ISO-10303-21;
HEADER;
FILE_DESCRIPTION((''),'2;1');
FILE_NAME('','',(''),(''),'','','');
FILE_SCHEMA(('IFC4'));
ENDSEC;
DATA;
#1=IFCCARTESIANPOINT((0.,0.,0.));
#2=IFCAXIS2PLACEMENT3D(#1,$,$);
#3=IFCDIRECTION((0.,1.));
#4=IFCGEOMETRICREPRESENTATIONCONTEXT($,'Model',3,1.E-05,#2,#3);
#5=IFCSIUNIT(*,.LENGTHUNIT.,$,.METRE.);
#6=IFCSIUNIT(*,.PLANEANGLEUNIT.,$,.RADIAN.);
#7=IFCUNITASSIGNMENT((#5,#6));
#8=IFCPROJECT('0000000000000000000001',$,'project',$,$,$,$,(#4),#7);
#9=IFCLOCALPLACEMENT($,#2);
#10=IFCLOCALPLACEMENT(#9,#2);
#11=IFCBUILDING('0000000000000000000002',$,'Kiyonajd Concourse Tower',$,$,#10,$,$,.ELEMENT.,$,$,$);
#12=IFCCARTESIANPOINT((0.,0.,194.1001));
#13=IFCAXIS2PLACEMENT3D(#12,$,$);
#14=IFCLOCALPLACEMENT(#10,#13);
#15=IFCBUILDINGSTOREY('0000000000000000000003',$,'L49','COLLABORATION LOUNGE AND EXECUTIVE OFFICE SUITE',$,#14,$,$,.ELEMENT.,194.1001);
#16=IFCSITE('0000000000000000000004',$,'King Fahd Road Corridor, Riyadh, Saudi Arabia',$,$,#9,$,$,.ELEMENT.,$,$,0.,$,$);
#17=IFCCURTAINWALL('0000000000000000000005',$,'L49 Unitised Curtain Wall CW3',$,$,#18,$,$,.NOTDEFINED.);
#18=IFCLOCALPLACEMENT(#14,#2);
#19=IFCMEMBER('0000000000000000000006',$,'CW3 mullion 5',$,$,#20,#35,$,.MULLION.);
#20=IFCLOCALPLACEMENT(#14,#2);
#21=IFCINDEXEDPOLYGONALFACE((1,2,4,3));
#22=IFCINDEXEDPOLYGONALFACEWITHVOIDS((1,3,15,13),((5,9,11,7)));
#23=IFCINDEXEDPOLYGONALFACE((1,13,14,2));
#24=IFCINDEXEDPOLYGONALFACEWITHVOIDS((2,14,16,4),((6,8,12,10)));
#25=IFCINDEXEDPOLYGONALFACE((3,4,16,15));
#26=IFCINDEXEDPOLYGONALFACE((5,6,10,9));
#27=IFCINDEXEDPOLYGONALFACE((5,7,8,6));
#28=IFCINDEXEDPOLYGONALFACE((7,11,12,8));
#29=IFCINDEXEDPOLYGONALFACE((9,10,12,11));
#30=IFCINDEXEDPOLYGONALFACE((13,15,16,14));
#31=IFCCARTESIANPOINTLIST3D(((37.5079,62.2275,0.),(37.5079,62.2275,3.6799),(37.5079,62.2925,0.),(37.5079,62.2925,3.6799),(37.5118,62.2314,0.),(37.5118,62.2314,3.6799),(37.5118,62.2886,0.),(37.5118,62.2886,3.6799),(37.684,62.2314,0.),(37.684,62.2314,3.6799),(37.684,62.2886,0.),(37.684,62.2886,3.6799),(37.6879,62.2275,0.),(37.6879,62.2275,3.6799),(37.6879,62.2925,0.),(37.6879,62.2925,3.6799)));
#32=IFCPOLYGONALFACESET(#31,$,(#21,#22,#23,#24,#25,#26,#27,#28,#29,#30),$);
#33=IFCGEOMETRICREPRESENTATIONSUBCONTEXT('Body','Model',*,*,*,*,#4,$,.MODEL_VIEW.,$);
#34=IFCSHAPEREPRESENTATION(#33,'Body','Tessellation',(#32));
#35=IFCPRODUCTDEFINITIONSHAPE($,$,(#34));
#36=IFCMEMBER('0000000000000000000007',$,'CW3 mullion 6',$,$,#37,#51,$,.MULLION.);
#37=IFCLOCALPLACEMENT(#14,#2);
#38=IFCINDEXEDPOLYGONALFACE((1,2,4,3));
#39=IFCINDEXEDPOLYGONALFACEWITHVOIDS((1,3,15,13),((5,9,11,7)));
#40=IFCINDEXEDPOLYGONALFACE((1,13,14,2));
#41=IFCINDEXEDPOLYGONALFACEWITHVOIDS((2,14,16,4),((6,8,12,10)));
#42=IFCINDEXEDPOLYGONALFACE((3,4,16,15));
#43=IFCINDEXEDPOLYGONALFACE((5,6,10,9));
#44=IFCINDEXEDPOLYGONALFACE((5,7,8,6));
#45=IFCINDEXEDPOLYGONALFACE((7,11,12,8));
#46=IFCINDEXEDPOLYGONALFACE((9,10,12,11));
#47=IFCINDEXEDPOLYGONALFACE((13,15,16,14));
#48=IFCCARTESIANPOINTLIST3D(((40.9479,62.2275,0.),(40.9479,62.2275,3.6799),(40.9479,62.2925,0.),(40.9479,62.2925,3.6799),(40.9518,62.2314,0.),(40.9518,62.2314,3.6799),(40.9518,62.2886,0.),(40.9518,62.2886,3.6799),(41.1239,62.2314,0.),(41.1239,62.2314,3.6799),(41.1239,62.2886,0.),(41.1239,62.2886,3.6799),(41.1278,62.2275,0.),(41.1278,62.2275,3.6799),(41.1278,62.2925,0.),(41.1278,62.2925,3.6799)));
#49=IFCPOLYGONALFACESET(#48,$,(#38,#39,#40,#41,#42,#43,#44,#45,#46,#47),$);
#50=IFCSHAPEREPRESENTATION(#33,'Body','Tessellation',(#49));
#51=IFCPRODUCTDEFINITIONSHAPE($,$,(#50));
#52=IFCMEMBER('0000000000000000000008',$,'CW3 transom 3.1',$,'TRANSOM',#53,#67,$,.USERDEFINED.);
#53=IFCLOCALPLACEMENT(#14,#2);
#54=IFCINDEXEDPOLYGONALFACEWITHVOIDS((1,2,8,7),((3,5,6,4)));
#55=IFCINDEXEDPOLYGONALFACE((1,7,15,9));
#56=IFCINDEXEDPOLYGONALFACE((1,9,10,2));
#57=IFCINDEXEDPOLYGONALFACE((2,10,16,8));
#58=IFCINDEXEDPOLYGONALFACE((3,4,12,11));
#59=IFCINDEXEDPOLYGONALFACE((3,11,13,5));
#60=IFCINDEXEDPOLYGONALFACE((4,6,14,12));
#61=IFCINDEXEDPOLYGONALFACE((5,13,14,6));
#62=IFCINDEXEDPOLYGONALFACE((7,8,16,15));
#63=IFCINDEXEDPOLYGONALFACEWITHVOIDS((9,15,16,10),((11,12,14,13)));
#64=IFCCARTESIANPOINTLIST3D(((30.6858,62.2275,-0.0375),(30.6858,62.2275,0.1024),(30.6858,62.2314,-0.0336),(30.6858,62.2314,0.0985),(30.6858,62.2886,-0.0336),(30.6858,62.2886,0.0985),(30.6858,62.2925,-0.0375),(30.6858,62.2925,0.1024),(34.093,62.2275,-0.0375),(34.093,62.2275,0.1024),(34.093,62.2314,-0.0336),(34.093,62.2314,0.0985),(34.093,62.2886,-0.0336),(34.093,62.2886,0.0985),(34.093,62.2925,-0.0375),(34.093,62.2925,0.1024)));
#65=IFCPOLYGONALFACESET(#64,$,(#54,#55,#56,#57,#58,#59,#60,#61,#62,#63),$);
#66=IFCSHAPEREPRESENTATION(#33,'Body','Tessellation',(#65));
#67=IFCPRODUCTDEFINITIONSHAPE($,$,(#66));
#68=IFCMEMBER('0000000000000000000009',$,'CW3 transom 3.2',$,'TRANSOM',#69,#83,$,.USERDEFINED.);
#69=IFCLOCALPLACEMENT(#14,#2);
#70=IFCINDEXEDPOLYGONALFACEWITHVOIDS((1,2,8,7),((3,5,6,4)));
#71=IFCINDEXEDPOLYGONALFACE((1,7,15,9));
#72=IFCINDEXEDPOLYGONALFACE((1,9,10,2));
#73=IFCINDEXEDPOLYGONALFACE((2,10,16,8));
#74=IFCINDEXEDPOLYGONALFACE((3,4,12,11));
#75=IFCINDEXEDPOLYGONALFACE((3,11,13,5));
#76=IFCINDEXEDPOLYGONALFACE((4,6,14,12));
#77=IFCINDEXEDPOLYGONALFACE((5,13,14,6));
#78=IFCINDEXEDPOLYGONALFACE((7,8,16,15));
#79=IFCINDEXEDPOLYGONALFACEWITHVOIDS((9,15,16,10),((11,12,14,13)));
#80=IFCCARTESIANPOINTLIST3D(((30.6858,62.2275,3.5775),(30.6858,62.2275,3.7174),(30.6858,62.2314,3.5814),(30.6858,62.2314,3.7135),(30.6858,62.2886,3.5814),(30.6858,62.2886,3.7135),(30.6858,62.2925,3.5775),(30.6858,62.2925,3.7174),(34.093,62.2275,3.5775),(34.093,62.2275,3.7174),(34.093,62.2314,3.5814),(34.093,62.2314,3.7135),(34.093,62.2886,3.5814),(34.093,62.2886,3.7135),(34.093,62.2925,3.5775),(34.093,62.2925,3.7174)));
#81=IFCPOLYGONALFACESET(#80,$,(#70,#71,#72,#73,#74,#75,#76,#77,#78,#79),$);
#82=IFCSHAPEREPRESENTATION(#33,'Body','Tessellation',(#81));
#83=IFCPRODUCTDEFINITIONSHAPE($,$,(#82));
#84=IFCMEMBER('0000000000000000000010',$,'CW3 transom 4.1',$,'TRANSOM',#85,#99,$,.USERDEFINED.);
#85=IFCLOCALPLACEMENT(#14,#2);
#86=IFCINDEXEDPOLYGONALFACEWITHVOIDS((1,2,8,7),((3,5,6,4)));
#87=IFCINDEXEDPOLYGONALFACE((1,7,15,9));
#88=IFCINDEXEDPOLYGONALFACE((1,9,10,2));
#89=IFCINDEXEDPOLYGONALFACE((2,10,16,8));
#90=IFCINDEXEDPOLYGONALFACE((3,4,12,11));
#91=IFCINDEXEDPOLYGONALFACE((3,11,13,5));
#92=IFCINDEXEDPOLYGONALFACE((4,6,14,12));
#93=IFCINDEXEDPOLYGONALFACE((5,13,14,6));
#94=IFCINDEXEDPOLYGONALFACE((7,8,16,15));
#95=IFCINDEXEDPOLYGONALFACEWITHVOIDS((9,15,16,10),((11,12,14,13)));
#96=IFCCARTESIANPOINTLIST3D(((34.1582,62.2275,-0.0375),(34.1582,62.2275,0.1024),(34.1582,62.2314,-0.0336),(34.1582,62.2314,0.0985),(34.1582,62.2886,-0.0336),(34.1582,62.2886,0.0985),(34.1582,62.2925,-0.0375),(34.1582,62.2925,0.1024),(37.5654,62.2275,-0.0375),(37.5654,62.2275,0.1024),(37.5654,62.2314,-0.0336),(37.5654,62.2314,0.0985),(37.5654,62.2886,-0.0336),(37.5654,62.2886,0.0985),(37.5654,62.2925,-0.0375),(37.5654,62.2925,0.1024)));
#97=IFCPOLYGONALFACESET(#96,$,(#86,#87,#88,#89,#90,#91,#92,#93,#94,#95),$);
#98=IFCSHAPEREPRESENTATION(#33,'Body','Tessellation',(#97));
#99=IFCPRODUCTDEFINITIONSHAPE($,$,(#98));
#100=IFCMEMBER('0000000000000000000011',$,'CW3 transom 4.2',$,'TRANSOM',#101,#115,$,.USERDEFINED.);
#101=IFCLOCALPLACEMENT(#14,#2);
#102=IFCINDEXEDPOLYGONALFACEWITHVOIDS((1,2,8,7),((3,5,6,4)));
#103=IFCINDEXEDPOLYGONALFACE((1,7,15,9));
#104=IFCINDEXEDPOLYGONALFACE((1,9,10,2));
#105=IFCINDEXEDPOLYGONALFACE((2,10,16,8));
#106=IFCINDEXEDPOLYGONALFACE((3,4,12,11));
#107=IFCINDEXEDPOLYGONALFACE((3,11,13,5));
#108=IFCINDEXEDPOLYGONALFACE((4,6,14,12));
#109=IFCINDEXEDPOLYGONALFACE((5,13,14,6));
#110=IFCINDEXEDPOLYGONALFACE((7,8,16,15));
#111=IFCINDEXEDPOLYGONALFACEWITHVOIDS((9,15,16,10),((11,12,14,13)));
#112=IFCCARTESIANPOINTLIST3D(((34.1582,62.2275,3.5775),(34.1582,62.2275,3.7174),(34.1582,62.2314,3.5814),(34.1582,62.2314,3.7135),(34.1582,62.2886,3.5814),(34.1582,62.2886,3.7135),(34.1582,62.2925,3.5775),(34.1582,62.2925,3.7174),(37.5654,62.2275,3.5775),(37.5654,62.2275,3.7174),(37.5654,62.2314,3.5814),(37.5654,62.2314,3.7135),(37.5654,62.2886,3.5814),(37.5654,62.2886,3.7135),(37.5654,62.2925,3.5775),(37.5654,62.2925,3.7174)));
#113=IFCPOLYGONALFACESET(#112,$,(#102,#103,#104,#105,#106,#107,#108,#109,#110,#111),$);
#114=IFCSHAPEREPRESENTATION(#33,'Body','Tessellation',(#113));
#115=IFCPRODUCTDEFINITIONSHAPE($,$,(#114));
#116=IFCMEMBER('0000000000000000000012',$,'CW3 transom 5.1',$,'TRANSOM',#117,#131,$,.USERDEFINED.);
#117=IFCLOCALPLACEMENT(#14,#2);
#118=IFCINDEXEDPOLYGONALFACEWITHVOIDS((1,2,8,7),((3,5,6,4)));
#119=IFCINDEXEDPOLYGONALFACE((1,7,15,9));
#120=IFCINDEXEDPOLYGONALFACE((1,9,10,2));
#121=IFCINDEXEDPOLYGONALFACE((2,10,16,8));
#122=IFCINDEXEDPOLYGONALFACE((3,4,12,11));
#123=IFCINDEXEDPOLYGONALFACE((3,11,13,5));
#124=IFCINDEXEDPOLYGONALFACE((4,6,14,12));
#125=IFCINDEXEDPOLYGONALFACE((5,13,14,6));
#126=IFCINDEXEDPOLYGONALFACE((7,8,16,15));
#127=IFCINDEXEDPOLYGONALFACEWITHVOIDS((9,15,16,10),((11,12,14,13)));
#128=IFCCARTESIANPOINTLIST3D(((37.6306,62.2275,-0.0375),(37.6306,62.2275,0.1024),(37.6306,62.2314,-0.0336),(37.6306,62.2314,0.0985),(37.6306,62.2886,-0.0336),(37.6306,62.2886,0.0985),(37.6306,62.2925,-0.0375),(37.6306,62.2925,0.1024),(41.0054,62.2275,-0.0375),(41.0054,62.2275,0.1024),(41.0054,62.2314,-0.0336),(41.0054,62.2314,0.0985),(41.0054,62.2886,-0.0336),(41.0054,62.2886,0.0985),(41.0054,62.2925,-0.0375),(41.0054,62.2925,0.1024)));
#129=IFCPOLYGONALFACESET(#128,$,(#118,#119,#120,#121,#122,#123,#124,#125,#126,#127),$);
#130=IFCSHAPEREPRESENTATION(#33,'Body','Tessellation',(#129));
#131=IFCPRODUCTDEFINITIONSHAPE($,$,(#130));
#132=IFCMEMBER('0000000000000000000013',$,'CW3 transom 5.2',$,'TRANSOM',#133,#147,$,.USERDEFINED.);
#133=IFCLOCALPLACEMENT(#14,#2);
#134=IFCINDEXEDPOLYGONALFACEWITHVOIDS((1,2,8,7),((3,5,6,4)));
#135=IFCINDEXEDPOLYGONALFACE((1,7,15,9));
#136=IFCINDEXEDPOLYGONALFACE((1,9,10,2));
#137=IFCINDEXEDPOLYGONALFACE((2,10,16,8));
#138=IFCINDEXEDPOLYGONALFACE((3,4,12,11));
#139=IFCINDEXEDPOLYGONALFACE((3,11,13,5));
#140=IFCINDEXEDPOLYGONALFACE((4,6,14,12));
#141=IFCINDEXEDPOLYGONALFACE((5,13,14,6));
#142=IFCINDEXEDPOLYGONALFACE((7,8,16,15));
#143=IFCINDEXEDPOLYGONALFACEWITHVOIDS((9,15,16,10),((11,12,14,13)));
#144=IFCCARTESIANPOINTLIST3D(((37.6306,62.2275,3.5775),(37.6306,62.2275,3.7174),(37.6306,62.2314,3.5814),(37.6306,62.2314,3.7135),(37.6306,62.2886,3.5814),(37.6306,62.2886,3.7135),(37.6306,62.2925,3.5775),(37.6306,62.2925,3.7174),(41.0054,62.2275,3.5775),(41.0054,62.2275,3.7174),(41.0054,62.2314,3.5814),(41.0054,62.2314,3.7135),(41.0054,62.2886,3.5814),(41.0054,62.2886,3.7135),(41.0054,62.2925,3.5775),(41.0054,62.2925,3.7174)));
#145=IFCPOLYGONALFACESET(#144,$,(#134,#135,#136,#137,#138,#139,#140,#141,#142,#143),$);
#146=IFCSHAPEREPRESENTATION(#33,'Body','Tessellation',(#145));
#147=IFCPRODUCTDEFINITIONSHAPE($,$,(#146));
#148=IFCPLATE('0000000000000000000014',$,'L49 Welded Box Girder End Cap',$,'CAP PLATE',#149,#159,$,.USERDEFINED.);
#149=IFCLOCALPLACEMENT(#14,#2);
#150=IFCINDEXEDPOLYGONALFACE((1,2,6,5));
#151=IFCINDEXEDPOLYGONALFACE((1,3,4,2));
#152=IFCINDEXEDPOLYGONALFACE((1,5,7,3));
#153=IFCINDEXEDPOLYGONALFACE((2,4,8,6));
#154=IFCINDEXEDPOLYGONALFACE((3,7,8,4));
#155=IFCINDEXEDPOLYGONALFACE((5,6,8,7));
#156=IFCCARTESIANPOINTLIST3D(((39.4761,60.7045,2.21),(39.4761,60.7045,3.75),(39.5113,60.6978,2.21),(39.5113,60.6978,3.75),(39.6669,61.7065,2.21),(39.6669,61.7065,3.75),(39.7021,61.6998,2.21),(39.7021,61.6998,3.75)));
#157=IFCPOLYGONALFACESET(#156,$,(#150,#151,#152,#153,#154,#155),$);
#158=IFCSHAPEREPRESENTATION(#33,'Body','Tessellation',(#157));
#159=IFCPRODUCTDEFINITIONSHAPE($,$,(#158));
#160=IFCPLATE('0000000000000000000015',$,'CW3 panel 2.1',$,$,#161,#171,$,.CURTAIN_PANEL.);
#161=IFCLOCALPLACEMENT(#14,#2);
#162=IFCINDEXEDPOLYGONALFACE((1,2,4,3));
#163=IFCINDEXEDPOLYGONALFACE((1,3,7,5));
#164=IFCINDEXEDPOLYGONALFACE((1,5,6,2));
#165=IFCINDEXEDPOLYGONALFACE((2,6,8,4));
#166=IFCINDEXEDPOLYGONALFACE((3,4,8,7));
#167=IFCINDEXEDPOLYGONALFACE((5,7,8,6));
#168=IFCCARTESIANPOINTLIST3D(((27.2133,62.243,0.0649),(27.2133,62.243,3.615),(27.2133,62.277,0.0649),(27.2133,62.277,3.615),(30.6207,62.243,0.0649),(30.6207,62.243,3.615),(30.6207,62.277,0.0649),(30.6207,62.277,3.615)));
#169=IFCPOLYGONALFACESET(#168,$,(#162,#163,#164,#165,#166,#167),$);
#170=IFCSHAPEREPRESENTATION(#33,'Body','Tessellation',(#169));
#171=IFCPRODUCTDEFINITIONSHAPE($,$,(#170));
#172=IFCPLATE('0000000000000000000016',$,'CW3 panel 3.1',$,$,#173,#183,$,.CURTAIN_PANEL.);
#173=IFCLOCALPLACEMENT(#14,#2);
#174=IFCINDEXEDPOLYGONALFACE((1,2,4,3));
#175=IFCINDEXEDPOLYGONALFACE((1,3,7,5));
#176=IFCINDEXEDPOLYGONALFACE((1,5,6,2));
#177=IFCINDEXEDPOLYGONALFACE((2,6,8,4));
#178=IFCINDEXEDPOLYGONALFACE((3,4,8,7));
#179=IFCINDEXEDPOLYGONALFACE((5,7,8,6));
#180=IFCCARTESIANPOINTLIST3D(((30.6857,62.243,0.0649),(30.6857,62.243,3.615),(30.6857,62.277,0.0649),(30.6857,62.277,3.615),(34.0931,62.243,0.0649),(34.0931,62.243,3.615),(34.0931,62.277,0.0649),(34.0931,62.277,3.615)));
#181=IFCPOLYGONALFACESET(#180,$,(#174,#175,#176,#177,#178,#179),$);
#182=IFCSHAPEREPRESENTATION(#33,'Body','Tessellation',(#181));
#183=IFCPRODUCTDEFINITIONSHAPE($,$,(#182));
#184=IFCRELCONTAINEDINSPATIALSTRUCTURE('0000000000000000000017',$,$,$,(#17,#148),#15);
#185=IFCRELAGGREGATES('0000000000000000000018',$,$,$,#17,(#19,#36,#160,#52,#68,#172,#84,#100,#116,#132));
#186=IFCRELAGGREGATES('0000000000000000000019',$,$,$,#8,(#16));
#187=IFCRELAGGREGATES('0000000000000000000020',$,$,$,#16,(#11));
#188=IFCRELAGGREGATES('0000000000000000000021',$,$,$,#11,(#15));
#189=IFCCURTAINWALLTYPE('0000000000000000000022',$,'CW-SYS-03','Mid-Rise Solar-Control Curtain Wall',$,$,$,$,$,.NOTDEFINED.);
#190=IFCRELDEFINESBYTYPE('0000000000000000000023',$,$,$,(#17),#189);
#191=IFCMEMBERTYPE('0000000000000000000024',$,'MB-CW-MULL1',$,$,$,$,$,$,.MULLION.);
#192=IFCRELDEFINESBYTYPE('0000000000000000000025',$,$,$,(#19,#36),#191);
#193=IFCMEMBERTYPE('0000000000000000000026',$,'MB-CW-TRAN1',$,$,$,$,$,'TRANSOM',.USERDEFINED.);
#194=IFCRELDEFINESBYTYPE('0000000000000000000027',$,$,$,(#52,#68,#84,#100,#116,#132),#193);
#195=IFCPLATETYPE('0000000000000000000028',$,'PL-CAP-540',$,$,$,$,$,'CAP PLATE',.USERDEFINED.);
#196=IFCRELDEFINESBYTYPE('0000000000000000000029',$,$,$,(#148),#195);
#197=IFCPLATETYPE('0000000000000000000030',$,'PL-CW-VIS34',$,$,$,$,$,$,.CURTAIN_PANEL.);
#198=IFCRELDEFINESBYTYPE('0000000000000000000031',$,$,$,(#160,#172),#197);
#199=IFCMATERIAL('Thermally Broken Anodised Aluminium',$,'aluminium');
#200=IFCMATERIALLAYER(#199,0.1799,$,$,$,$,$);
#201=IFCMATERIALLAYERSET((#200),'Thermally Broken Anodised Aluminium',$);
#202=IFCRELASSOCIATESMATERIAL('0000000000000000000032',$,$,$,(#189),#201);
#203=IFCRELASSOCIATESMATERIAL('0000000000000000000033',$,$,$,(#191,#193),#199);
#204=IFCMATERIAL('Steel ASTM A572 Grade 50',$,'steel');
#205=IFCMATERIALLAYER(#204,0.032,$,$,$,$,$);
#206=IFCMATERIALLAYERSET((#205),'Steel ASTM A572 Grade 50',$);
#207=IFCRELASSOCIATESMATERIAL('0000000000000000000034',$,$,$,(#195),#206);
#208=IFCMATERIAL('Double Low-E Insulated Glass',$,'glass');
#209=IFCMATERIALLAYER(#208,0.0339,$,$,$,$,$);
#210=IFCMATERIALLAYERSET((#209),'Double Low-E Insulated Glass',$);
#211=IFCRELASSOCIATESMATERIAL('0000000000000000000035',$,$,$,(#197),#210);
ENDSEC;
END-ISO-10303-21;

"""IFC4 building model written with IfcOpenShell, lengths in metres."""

from ifc_helpers import new_model, si_unit, direction, frame, origin, origin_2d, place, context, subcontext, project, spatial, rectangle, hollow_rectangle, extrude, material, layer, layer_set, material_profile, profile_set, type_object, element, aggregate, save


model = new_model("IFC4")

# Units and contexts
model_context = context("Model", 3, precision=1e-05, world=origin(), true_north=direction((0.0, 1.0)))
body_context = subcontext(model_context, "Body", "Model", "MODEL_VIEW")
ifc_project = project(units=[si_unit("LENGTHUNIT", "METRE"), si_unit("PLANEANGLEUNIT", "RADIAN")], contexts=[model_context])

# Site, building, storey
site_placement = place(None, origin())
site = spatial("IfcSite", under=ifc_project, at=site_placement, Name="King Fahd Road Corridor, Riyadh, Saudi Arabia", CompositionType="ELEMENT", RefElevation=0.0)
building_placement = place(site_placement, origin())
building = spatial("IfcBuilding", under=site, at=building_placement, Name="Kiyonajd Concourse Tower", CompositionType="ELEMENT")
storey_placement = place(building_placement, frame((0.0, 0.0, 194.1001)))
storey = spatial("IfcBuildingStorey", under=building, at=storey_placement, Name="L49", Description="COLLABORATION LOUNGE AND EXECUTIVE OFFICE SUITE", CompositionType="ELEMENT", Elevation=194.1001)

# Curtain wall, members
ifc_material_1 = material(Name="Thermally Broken Anodised Aluminium", Category="aluminium")
ifc_layer_1 = layer(ifc_material_1, 0.1799)
ifc_layer_set_1 = layer_set([ifc_layer_1], Name="Thermally Broken Anodised Aluminium")
curtain_wall_type = type_object("IfcCurtainWallType", Name="CW-SYS-03", Description="Mid-Rise Solar-Control Curtain Wall", PredefinedType="NOTDEFINED", material=ifc_layer_set_1)
curtain_wall_placement = place(storey_placement, origin())
curtain_wall = element("IfcCurtainWall", 1, at=curtain_wall_placement, inside=storey, type_object=curtain_wall_type, Name="L49 Unitised Curtain Wall CW3", PredefinedType="NOTDEFINED")
ifc_material_profile_1 = material_profile(ifc_material_1, hollow_rectangle(XDim=0.0649, YDim=0.1799, WallThickness=0.0039, at=origin_2d()), Name="MULL-65x180")
ifc_profile_set_1 = profile_set([ifc_material_profile_1], Name="Thermally Broken Anodised Aluminium")
member_type_1 = type_object("IfcMemberType", Name="MB-CW-MULL1", PredefinedType="MULLION", material=ifc_profile_set_1)
member_1_placement = place(storey_placement, frame((37.5979, 62.26, 0.0), z_axis=(0.0, 0.0, 1.0), x_axis=(0.0, 1.0, 0.0)))
member_1 = element("IfcMember", 2, at=member_1_placement, type_object=member_type_1, Name="CW3 mullion 5", PredefinedType="MULLION", context=body_context, shape_type="SweptSolid", body=[
    extrude(hollow_rectangle(XDim=0.0649, YDim=0.1799, WallThickness=0.0039, at=origin_2d()), origin(), (0.0, 0.0, 1.0), 3.6799),
])
member_2_placement = place(storey_placement, frame((41.0378, 62.26, 0.0), z_axis=(0.0, 0.0, 1.0), x_axis=(0.0, 1.0, 0.0)))
member_2 = element("IfcMember", 3, at=member_2_placement, type_object=member_type_1, Name="CW3 mullion 6", PredefinedType="MULLION", context=body_context, shape_type="SweptSolid", body=[
    extrude(hollow_rectangle(XDim=0.0649, YDim=0.1799, WallThickness=0.0039, at=origin_2d()), origin(), (0.0, 0.0, 1.0), 3.6799),
])
ifc_material_profile_2 = material_profile(ifc_material_1, hollow_rectangle(XDim=0.0649, YDim=0.1399, WallThickness=0.0039, at=origin_2d()), Name="TRAN-65x140")
ifc_profile_set_2 = profile_set([ifc_material_profile_2], Name="Thermally Broken Anodised Aluminium")
member_type_2 = type_object("IfcMemberType", Name="MB-CW-TRAN1", ElementType="TRANSOM", PredefinedType="USERDEFINED", material=ifc_profile_set_2)
member_3_placement = place(storey_placement, frame((30.6858, 62.26, 0.0325), z_axis=(1.0, 0.0, 0.0), x_axis=(0.0, 1.0, 0.0)))
member_3 = element("IfcMember", 4, at=member_3_placement, type_object=member_type_2, Name="CW3 transom 3.1", ObjectType="TRANSOM", PredefinedType="USERDEFINED", context=body_context, shape_type="SweptSolid", body=[
    extrude(hollow_rectangle(XDim=0.0649, YDim=0.1399, WallThickness=0.0039, at=origin_2d()), origin(), (0.0, 0.0, 1.0), 3.4072),
])
member_4_placement = place(storey_placement, frame((30.6858, 62.26, 3.6475), z_axis=(1.0, 0.0, 0.0), x_axis=(0.0, 1.0, 0.0)))
member_4 = element("IfcMember", 5, at=member_4_placement, type_object=member_type_2, Name="CW3 transom 3.2", ObjectType="TRANSOM", PredefinedType="USERDEFINED", context=body_context, shape_type="SweptSolid", body=[
    extrude(hollow_rectangle(XDim=0.0649, YDim=0.1399, WallThickness=0.0039, at=origin_2d()), origin(), (0.0, 0.0, 1.0), 3.4072),
])
member_5_placement = place(storey_placement, frame((34.1582, 62.26, 0.0325), z_axis=(1.0, 0.0, 0.0), x_axis=(0.0, 1.0, 0.0)))
member_5 = element("IfcMember", 6, at=member_5_placement, type_object=member_type_2, Name="CW3 transom 4.1", ObjectType="TRANSOM", PredefinedType="USERDEFINED", context=body_context, shape_type="SweptSolid", body=[
    extrude(hollow_rectangle(XDim=0.0649, YDim=0.1399, WallThickness=0.0039, at=origin_2d()), origin(), (0.0, 0.0, 1.0), 3.4072),
])
member_6_placement = place(storey_placement, frame((34.1582, 62.26, 3.6475), z_axis=(1.0, 0.0, 0.0), x_axis=(0.0, 1.0, 0.0)))
member_6 = element("IfcMember", 7, at=member_6_placement, type_object=member_type_2, Name="CW3 transom 4.2", ObjectType="TRANSOM", PredefinedType="USERDEFINED", context=body_context, shape_type="SweptSolid", body=[
    extrude(hollow_rectangle(XDim=0.0649, YDim=0.1399, WallThickness=0.0039, at=origin_2d()), origin(), (0.0, 0.0, 1.0), 3.4072),
])
member_7_placement = place(storey_placement, frame((37.6306, 62.26, 0.0325), z_axis=(1.0, 0.0, 0.0), x_axis=(0.0, 1.0, 0.0)))
member_7 = element("IfcMember", 8, at=member_7_placement, type_object=member_type_2, Name="CW3 transom 5.1", ObjectType="TRANSOM", PredefinedType="USERDEFINED", context=body_context, shape_type="SweptSolid", body=[
    extrude(hollow_rectangle(XDim=0.0649, YDim=0.1399, WallThickness=0.0039, at=origin_2d()), origin(), (0.0, 0.0, 1.0), 3.3748),
])
member_8_placement = place(storey_placement, frame((37.6306, 62.26, 3.6475), z_axis=(1.0, 0.0, 0.0), x_axis=(0.0, 1.0, 0.0)))
member_8 = element("IfcMember", 9, at=member_8_placement, type_object=member_type_2, Name="CW3 transom 5.2", ObjectType="TRANSOM", PredefinedType="USERDEFINED", context=body_context, shape_type="SweptSolid", body=[
    extrude(hollow_rectangle(XDim=0.0649, YDim=0.1399, WallThickness=0.0039, at=origin_2d()), origin(), (0.0, 0.0, 1.0), 3.3748),
])

# Plates
ifc_material_2 = material(Name="Steel ASTM A572 Grade 50", Category="steel")
ifc_layer_2 = layer(ifc_material_2, 0.032)
ifc_layer_set_2 = layer_set([ifc_layer_2], Name="Steel ASTM A572 Grade 50")
plate_type_1 = type_object("IfcPlateType", Name="PL-CAP-540", ElementType="CAP PLATE", PredefinedType="USERDEFINED", material=ifc_layer_set_2)
plate_1_placement = place(storey_placement, frame((39.5891, 61.2021, 2.21), z_axis=(0.0, 0.0, 1.0), x_axis=(-0.982353, 0.187038, 0.0)))
element("IfcPlate", 10, at=plate_1_placement, inside=storey, type_object=plate_type_1, Name="L49 Welded Box Girder End Cap", ObjectType="CAP PLATE", PredefinedType="USERDEFINED", context=body_context, shape_type="SweptSolid", body=[
    extrude(rectangle(XDim=0.0359, YDim=1.02, at=origin_2d()), origin(), (0.0, 0.0, 1.0), 1.54),
])
ifc_material_3 = material(Name="Double Low-E Insulated Glass", Category="glass")
ifc_layer_3 = layer(ifc_material_3, 0.0339)
ifc_layer_set_3 = layer_set([ifc_layer_3], Name="Double Low-E Insulated Glass")
plate_type_2 = type_object("IfcPlateType", Name="PL-CW-VIS34", PredefinedType="CURTAIN_PANEL", material=ifc_layer_set_3)
plate_2_placement = place(storey_placement, frame((28.917, 62.26, 0.0649), z_axis=(0.0, 0.0, 1.0), x_axis=(1.0, 0.0, 0.0)))
plate_2 = element("IfcPlate", 11, at=plate_2_placement, type_object=plate_type_2, Name="CW3 panel 2.1", PredefinedType="CURTAIN_PANEL", context=body_context, shape_type="SweptSolid", body=[
    extrude(rectangle(XDim=3.4075, YDim=0.0339, at=origin_2d()), origin(), (0.0, 0.0, 1.0), 3.55),
])
plate_3_placement = place(storey_placement, frame((32.3894, 62.26, 0.0649), z_axis=(0.0, 0.0, 1.0), x_axis=(1.0, 0.0, 0.0)))
plate_3 = element("IfcPlate", 12, at=plate_3_placement, type_object=plate_type_2, Name="CW3 panel 3.1", PredefinedType="CURTAIN_PANEL", context=body_context, shape_type="SweptSolid", body=[
    extrude(rectangle(XDim=3.4075, YDim=0.0339, at=origin_2d()), origin(), (0.0, 0.0, 1.0), 3.55),
])
aggregate(curtain_wall, [member_1, member_2, plate_2, member_3, member_4, plate_3, member_5, member_6, member_7, member_8])

save(model, "model.ifc")
